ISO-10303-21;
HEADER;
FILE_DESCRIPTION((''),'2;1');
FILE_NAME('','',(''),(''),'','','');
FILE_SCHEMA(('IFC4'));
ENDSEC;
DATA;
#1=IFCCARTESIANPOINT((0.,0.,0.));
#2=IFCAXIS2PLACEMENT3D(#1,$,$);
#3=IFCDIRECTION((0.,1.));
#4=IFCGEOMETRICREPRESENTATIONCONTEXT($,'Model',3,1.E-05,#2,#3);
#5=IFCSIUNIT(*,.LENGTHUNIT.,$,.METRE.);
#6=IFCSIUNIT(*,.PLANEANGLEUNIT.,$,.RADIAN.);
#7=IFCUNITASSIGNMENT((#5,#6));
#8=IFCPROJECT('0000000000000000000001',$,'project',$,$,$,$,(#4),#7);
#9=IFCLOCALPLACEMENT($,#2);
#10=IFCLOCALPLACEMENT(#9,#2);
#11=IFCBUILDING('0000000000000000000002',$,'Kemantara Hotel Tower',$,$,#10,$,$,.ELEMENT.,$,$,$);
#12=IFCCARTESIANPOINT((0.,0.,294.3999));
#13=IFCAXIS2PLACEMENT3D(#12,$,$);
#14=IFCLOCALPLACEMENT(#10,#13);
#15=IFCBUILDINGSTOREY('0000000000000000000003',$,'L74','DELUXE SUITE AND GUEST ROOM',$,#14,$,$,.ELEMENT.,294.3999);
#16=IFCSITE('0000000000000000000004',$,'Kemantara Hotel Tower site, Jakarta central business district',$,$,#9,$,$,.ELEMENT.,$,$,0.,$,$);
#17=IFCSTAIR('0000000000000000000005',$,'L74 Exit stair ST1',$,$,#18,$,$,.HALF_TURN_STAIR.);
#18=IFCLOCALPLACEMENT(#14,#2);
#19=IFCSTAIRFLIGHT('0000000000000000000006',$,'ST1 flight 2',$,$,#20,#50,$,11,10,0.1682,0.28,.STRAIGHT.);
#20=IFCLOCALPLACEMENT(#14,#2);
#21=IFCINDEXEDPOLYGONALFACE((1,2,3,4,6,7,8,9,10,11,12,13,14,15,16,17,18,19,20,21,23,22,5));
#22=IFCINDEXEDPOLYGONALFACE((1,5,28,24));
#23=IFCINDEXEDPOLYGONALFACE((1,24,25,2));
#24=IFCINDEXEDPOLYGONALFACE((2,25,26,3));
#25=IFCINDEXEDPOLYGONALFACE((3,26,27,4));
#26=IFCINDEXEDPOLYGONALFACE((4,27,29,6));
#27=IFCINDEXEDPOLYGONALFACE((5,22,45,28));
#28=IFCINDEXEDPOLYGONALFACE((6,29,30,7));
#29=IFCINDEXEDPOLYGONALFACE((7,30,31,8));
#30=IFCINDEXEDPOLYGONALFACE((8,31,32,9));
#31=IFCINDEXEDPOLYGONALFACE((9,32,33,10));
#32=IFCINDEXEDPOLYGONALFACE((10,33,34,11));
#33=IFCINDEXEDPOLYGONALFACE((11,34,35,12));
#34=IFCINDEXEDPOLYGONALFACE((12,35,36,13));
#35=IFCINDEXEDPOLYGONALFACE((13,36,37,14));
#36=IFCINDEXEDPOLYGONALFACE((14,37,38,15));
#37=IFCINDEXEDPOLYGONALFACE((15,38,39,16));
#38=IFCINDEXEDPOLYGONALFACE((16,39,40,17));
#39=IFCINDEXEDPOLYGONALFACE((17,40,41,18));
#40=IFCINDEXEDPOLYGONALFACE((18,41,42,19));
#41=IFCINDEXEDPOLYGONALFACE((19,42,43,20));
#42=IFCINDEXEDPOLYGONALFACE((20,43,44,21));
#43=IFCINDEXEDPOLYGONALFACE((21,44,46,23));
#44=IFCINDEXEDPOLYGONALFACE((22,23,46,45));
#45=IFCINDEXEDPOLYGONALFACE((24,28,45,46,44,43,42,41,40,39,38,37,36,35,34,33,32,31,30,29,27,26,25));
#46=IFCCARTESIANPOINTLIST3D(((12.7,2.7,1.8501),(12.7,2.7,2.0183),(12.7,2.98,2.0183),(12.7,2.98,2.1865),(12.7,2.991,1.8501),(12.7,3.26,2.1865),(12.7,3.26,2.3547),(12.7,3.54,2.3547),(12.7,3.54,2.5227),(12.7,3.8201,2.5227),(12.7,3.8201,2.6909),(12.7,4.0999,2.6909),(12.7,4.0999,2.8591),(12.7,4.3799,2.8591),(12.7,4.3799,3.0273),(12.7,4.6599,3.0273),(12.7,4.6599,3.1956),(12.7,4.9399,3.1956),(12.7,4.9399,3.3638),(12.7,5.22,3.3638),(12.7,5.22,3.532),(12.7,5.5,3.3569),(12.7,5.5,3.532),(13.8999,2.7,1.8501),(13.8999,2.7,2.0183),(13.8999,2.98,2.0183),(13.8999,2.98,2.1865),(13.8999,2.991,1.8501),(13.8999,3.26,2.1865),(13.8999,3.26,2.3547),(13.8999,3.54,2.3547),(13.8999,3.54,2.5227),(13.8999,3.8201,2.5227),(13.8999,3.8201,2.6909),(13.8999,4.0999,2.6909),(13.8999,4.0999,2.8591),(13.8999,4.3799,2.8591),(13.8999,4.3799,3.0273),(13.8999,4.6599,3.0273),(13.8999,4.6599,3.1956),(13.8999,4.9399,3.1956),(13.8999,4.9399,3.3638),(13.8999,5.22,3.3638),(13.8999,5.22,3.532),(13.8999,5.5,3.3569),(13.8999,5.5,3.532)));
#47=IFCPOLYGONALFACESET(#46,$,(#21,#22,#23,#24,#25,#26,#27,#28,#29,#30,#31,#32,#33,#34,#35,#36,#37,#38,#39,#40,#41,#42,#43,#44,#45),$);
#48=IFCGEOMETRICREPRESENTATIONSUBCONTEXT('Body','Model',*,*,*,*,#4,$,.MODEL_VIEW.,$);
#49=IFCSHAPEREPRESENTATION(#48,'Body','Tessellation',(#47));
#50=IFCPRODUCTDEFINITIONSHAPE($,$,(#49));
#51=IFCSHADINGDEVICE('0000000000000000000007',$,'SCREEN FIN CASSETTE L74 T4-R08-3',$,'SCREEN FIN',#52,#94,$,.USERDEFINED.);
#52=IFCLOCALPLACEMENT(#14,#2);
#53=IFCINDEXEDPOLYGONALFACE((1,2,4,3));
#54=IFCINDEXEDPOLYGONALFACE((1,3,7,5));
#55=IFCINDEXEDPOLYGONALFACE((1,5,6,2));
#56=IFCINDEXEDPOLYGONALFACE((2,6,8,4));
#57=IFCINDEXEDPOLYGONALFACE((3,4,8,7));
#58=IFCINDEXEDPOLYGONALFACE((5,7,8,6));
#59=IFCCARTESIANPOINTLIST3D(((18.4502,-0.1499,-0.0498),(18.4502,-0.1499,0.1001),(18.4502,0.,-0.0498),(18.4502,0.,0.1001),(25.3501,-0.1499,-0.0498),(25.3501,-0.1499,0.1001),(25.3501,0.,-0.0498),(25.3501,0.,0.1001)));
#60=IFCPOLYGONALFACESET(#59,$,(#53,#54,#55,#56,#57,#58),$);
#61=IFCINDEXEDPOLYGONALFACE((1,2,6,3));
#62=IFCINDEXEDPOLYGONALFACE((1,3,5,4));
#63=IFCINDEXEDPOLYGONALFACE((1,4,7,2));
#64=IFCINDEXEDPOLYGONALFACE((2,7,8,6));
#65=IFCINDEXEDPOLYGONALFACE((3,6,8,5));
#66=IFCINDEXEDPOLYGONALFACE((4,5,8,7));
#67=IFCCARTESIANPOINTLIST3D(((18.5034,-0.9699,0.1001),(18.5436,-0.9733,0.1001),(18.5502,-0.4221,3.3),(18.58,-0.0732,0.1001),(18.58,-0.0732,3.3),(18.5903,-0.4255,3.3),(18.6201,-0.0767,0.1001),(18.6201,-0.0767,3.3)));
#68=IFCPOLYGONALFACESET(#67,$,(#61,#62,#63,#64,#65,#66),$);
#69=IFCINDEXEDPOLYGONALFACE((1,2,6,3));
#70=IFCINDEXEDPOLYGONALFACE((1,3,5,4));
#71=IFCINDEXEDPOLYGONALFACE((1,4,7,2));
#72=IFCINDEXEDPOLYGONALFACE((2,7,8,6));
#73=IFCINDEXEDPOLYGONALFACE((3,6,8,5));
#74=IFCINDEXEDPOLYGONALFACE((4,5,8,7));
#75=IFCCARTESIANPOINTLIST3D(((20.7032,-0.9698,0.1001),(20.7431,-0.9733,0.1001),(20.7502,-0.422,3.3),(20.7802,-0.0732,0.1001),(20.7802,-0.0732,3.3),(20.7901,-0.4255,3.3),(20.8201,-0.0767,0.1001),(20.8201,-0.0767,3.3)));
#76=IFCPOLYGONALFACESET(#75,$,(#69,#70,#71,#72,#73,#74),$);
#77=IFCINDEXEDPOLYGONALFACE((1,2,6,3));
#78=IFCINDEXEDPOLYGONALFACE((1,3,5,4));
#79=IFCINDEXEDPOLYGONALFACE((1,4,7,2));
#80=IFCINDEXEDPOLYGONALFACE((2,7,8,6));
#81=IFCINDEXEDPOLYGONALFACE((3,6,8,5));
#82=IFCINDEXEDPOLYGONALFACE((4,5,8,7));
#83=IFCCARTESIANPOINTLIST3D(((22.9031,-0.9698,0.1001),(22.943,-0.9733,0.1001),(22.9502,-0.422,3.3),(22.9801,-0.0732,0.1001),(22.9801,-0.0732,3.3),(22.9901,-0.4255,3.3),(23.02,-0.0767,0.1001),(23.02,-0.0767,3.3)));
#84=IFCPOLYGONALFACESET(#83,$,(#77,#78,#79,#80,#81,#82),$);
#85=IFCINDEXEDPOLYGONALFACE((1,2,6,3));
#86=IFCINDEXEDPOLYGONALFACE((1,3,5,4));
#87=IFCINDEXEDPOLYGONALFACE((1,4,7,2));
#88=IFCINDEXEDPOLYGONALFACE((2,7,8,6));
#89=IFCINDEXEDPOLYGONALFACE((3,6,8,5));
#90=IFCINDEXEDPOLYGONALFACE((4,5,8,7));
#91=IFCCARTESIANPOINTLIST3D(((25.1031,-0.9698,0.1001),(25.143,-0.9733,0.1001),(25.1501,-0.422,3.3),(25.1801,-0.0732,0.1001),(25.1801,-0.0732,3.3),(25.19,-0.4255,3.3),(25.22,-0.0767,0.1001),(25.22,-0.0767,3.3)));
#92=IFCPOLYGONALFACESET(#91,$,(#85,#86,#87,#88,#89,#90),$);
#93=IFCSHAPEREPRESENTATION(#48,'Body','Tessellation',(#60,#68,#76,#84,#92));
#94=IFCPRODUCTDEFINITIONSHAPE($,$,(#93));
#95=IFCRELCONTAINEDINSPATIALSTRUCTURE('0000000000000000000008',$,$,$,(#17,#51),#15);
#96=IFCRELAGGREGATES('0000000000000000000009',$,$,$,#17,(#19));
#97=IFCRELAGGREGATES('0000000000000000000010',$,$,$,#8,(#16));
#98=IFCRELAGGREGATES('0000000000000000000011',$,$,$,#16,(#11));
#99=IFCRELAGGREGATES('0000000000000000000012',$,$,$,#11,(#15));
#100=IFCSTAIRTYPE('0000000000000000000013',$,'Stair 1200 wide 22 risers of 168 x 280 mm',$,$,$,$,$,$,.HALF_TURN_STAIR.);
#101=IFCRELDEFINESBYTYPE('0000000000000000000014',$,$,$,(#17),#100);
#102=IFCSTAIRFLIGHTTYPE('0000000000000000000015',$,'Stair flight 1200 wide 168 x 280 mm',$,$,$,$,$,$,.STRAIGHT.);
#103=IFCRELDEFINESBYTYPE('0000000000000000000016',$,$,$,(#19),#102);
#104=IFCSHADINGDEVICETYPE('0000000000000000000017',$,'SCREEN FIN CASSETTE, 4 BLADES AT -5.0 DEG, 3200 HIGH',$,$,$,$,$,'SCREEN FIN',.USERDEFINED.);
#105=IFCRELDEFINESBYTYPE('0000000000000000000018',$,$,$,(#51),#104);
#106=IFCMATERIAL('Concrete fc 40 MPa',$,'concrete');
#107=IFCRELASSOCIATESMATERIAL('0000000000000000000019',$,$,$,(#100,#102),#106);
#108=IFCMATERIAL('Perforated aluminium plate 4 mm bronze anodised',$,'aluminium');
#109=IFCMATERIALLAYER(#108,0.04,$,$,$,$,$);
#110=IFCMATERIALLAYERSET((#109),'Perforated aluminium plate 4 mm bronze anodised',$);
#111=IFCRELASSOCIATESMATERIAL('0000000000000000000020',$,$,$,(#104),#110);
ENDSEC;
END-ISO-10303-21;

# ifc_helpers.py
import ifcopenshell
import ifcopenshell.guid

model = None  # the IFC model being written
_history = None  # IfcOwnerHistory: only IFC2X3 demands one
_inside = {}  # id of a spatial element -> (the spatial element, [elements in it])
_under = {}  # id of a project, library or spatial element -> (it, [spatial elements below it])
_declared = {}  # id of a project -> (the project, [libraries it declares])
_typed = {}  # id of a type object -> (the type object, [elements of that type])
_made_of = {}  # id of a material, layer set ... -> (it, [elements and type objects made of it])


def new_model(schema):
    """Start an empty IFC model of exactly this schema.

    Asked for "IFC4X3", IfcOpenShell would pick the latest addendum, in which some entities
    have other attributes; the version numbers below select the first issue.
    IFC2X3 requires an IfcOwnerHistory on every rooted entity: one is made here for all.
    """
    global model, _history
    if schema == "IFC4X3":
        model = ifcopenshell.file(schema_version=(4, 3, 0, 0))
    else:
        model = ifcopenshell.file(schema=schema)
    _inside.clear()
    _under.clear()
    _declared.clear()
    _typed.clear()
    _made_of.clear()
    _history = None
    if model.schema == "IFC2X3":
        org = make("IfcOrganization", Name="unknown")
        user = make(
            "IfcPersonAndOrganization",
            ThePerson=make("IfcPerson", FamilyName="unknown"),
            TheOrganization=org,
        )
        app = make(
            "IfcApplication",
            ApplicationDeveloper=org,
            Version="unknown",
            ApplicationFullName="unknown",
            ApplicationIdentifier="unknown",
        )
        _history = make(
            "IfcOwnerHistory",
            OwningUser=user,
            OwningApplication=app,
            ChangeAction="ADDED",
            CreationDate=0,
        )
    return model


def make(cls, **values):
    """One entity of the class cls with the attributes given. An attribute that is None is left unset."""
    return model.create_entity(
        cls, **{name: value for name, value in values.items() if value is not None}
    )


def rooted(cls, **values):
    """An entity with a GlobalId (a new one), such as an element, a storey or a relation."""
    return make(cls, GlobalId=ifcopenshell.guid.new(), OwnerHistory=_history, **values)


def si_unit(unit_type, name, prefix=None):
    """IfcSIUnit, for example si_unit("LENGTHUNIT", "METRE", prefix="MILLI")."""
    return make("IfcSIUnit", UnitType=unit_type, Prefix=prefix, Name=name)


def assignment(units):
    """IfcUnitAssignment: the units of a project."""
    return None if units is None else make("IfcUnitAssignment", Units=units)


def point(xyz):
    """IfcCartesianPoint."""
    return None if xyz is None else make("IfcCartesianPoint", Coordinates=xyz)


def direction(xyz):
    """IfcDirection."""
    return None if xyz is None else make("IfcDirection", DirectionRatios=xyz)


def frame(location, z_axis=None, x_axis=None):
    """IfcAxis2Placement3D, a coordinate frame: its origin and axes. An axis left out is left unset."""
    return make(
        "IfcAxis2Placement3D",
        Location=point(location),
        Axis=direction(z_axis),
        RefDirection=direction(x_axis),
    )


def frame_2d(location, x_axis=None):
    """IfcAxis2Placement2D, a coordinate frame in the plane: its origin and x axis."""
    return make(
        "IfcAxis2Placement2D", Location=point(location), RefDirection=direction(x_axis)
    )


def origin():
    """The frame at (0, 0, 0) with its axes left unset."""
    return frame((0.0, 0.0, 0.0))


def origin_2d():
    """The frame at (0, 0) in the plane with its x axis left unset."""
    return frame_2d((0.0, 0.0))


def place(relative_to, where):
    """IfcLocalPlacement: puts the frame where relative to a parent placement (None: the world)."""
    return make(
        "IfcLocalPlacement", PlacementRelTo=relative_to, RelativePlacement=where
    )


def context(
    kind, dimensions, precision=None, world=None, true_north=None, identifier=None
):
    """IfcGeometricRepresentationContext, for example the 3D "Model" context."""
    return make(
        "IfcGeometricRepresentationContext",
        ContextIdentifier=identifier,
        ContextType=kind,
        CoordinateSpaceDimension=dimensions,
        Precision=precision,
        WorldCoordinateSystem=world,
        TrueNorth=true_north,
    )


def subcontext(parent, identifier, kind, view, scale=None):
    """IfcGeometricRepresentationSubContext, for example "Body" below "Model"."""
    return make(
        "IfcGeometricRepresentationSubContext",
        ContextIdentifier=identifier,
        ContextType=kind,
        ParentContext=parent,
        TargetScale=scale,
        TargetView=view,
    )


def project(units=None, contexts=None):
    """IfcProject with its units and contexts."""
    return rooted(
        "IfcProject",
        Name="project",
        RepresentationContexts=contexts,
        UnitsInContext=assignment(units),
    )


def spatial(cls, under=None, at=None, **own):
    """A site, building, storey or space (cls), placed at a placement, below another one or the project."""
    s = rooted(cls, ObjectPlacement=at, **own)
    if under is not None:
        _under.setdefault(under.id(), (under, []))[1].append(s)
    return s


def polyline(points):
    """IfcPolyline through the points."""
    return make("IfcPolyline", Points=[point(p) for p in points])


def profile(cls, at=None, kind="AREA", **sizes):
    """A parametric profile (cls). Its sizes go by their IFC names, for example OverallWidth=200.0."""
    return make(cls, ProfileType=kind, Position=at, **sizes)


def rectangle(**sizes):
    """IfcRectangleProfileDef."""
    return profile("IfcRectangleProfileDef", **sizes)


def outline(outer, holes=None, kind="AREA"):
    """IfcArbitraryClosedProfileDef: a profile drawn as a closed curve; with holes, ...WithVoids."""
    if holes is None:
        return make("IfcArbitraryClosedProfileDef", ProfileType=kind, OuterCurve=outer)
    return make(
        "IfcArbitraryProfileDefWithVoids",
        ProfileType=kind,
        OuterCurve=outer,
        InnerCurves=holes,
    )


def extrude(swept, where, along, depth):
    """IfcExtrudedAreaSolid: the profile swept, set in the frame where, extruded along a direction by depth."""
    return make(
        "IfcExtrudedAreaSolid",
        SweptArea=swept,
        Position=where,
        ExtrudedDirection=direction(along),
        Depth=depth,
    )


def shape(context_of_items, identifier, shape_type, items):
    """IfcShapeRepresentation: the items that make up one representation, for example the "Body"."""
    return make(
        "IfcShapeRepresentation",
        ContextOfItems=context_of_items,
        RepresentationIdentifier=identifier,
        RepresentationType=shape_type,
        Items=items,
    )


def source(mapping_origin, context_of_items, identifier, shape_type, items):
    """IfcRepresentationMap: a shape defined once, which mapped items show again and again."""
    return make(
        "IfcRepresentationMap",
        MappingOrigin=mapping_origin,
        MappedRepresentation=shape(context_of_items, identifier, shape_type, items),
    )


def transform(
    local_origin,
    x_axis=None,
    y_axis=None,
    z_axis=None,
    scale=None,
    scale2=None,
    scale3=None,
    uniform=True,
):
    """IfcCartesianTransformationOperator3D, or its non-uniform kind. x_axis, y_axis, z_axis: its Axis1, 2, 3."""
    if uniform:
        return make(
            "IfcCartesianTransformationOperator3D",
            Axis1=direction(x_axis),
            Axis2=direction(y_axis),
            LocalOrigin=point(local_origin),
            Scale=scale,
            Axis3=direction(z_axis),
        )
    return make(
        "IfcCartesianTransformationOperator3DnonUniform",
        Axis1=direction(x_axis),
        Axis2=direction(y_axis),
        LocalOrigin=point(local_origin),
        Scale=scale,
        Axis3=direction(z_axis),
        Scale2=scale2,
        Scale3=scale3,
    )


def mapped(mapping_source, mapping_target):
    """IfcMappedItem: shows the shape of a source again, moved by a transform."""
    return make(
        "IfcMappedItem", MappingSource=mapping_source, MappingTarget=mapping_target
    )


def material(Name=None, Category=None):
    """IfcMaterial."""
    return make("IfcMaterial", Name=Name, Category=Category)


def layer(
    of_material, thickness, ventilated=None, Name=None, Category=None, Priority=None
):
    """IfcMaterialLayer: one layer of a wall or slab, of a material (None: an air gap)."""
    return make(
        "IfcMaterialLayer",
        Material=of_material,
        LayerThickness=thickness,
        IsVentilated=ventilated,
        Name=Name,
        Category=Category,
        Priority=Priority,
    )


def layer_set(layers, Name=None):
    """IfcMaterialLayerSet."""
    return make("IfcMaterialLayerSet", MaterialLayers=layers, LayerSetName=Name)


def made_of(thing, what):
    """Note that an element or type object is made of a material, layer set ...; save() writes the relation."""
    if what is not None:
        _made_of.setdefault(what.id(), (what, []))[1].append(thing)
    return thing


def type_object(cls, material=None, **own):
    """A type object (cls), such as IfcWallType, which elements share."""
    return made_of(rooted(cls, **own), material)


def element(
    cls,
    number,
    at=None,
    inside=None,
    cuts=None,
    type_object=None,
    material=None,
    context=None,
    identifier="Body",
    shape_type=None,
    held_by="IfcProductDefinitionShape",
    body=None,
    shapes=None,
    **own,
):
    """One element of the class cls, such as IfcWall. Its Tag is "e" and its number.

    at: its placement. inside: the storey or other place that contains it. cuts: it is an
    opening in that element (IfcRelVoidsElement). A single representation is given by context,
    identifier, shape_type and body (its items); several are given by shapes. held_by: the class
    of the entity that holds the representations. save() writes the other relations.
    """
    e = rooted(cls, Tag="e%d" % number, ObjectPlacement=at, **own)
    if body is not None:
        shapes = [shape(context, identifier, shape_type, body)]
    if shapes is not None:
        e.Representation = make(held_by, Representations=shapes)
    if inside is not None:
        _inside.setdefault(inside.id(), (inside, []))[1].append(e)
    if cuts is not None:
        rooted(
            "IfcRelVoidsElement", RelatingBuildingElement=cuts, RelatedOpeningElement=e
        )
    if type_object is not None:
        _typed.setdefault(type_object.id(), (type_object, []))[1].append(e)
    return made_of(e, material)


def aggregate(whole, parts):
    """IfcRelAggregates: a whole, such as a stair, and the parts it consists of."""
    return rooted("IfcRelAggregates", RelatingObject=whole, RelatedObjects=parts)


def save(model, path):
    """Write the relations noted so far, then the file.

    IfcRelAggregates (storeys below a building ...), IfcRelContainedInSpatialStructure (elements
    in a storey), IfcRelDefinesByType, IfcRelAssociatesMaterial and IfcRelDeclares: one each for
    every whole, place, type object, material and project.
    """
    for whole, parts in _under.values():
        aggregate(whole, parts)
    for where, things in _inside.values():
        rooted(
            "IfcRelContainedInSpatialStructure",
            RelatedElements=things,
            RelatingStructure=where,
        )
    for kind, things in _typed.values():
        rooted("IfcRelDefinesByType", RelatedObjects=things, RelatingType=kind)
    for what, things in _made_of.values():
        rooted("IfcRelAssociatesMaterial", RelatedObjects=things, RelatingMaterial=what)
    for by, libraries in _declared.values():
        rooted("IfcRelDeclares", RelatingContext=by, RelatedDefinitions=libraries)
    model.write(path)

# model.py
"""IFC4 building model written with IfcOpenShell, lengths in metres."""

from ifc_helpers import new_model, si_unit, direction, frame, origin, origin_2d, place, context, subcontext, project, spatial, polyline, rectangle, outline, extrude, source, transform, mapped, material, layer, layer_set, type_object, element, aggregate, save


model = new_model("IFC4")

# Units and contexts
model_context = context("Model", 3, precision=1e-05, world=origin(), true_north=direction((0.0, 1.0)))
body_context = subcontext(model_context, "Body", "Model", "MODEL_VIEW")
ifc_project = project(units=[si_unit("LENGTHUNIT", "METRE"), si_unit("PLANEANGLEUNIT", "RADIAN")], contexts=[model_context])

# Site, building, storey
site_placement = place(None, origin())
site = spatial("IfcSite", under=ifc_project, at=site_placement, Name="Kemantara Hotel Tower site, Jakarta central business district", CompositionType="ELEMENT", RefElevation=0.0)
building_placement = place(site_placement, origin())
building = spatial("IfcBuilding", under=site, at=building_placement, Name="Kemantara Hotel Tower", CompositionType="ELEMENT")
storey_placement = place(building_placement, frame((0.0, 0.0, 294.3999)))
storey = spatial("IfcBuildingStorey", under=building, at=storey_placement, Name="L74", Description="DELUXE SUITE AND GUEST ROOM", CompositionType="ELEMENT", Elevation=294.3999)

# Stair, stair flight
ifc_material_1 = material(Name="Concrete fc 40 MPa", Category="concrete")
stair_type = type_object("IfcStairType", Name="Stair 1200 wide 22 risers of 168 x 280 mm", PredefinedType="HALF_TURN_STAIR", material=ifc_material_1)
stair_placement = place(storey_placement, origin())
stair = element("IfcStair", 1, at=stair_placement, inside=storey, type_object=stair_type, Name="L74 Exit stair ST1", PredefinedType="HALF_TURN_STAIR")
stair_flight_type = type_object("IfcStairFlightType", Name="Stair flight 1200 wide 168 x 280 mm", PredefinedType="STRAIGHT", material=ifc_material_1)
stair_flight_placement = place(storey_placement, frame((13.3, 2.7, 1.8501), z_axis=(0.0, 0.0, 1.0), x_axis=(0.0, 1.0, 0.0)))
stair_flight = element("IfcStairFlight", 2, at=stair_flight_placement, type_object=stair_flight_type, Name="ST1 flight 2", NumberOfRisers=11, NumberOfTreads=10, PredefinedType="STRAIGHT", RiserHeight=0.1682, TreadLength=0.28, context=body_context, shape_type="SweptSolid", body=[
    extrude(outline(polyline([(0.0, 0.0), (0.0, 0.1682), (0.28, 0.1682), (0.28, 0.3364), (0.5601, 0.3364), (0.5601, 0.5046), (0.8401, 0.5046), (0.8401, 0.6726), (1.1201, 0.6726), (1.1201, 0.8408), (1.3999, 0.8408), (1.3999, 1.009), (1.6799, 1.009), (1.6799, 1.1772), (1.96, 1.1772), (1.96, 1.3455), (2.24, 1.3455), (2.24, 1.5137), (2.52, 1.5137), (2.52, 1.6819), (2.8, 1.6819), (2.8, 1.8501), (2.8, 1.5068), (0.291, 0.0), (0.0, 0.0)])), frame((0.0, 0.6001, 0.0), z_axis=(0.0, -1.0, 0.0), x_axis=(1.0, 0.0, 0.0)), (0.0, 0.0, 1.0), 1.2),
])
aggregate(stair, [stair_flight])

# Shading device
ifc_material_2 = material(Name="Perforated aluminium plate 4 mm bronze anodised", Category="aluminium")
ifc_layer_1 = layer(ifc_material_2, 0.04)
ifc_layer_set_1 = layer_set([ifc_layer_1], Name="Perforated aluminium plate 4 mm bronze anodised")
shading_device_type = type_object("IfcShadingDeviceType", Name="SCREEN FIN CASSETTE, 4 BLADES AT -5.0 DEG, 3200 HIGH", ElementType="SCREEN FIN", PredefinedType="USERDEFINED", material=ifc_layer_set_1)
shared_shape = source(origin(), body_context, "Body", "SweptSolid", [
    extrude(rectangle(XDim=6.8999, YDim=0.1499, at=origin_2d()), frame((3.3, -0.075, -0.1499), z_axis=(0.0, 0.0, 1.0), x_axis=(1.0, 0.0, 0.0)), (0.0, 0.0, 1.0), 0.1499),
    extrude(outline(polyline([(0.0, 0.0), (0.8999, 0.0), (0.3501, 3.2), (0.0, 3.2), (0.0, 0.0)])), frame((0.02, -0.0767, 0.0), z_axis=(-0.996376, 0.085056, 0.0), x_axis=(-0.085056, -0.996376, 0.0)), (0.0, 0.0, 1.0), 0.0403),
    extrude(outline(polyline([(0.0, 0.0), (0.8999, 0.0), (0.3501, 3.2), (0.0, 3.2), (0.0, 0.0)])), frame((2.22, -0.0767, 0.0), z_axis=(-0.996332, 0.085575, 0.0), x_axis=(-0.085575, -0.996332, 0.0)), (0.0, 0.0, 1.0), 0.04),
    extrude(outline(polyline([(0.0, 0.0), (0.8999, 0.0), (0.3501, 3.2), (0.0, 3.2), (0.0, 0.0)])), frame((4.4199, -0.0767, 0.0), z_axis=(-0.996332, 0.085575, 0.0), x_axis=(-0.085575, -0.996332, 0.0)), (0.0, 0.0, 1.0), 0.04),
    extrude(outline(polyline([(0.0, 0.0), (0.8999, 0.0), (0.3501, 3.2), (0.0, 3.2), (0.0, 0.0)])), frame((6.6199, -0.0767, 0.0), z_axis=(-0.996332, 0.085575, 0.0), x_axis=(-0.085575, -0.996332, 0.0)), (0.0, 0.0, 1.0), 0.04),
])
shading_device_placement = place(storey_placement, frame((18.6001, 0.0, 0.1001), z_axis=(0.0, 0.0, 1.0), x_axis=(1.0, 0.0, 0.0)))
element("IfcShadingDevice", 3, at=shading_device_placement, inside=storey, type_object=shading_device_type, Name="SCREEN FIN CASSETTE L74 T4-R08-3", ObjectType="SCREEN FIN", PredefinedType="USERDEFINED", context=body_context, shape_type="MappedRepresentation", body=[
    mapped(shared_shape, transform((0.0, 0.0, 0.0))),
])

save(model, "model.ifc")
